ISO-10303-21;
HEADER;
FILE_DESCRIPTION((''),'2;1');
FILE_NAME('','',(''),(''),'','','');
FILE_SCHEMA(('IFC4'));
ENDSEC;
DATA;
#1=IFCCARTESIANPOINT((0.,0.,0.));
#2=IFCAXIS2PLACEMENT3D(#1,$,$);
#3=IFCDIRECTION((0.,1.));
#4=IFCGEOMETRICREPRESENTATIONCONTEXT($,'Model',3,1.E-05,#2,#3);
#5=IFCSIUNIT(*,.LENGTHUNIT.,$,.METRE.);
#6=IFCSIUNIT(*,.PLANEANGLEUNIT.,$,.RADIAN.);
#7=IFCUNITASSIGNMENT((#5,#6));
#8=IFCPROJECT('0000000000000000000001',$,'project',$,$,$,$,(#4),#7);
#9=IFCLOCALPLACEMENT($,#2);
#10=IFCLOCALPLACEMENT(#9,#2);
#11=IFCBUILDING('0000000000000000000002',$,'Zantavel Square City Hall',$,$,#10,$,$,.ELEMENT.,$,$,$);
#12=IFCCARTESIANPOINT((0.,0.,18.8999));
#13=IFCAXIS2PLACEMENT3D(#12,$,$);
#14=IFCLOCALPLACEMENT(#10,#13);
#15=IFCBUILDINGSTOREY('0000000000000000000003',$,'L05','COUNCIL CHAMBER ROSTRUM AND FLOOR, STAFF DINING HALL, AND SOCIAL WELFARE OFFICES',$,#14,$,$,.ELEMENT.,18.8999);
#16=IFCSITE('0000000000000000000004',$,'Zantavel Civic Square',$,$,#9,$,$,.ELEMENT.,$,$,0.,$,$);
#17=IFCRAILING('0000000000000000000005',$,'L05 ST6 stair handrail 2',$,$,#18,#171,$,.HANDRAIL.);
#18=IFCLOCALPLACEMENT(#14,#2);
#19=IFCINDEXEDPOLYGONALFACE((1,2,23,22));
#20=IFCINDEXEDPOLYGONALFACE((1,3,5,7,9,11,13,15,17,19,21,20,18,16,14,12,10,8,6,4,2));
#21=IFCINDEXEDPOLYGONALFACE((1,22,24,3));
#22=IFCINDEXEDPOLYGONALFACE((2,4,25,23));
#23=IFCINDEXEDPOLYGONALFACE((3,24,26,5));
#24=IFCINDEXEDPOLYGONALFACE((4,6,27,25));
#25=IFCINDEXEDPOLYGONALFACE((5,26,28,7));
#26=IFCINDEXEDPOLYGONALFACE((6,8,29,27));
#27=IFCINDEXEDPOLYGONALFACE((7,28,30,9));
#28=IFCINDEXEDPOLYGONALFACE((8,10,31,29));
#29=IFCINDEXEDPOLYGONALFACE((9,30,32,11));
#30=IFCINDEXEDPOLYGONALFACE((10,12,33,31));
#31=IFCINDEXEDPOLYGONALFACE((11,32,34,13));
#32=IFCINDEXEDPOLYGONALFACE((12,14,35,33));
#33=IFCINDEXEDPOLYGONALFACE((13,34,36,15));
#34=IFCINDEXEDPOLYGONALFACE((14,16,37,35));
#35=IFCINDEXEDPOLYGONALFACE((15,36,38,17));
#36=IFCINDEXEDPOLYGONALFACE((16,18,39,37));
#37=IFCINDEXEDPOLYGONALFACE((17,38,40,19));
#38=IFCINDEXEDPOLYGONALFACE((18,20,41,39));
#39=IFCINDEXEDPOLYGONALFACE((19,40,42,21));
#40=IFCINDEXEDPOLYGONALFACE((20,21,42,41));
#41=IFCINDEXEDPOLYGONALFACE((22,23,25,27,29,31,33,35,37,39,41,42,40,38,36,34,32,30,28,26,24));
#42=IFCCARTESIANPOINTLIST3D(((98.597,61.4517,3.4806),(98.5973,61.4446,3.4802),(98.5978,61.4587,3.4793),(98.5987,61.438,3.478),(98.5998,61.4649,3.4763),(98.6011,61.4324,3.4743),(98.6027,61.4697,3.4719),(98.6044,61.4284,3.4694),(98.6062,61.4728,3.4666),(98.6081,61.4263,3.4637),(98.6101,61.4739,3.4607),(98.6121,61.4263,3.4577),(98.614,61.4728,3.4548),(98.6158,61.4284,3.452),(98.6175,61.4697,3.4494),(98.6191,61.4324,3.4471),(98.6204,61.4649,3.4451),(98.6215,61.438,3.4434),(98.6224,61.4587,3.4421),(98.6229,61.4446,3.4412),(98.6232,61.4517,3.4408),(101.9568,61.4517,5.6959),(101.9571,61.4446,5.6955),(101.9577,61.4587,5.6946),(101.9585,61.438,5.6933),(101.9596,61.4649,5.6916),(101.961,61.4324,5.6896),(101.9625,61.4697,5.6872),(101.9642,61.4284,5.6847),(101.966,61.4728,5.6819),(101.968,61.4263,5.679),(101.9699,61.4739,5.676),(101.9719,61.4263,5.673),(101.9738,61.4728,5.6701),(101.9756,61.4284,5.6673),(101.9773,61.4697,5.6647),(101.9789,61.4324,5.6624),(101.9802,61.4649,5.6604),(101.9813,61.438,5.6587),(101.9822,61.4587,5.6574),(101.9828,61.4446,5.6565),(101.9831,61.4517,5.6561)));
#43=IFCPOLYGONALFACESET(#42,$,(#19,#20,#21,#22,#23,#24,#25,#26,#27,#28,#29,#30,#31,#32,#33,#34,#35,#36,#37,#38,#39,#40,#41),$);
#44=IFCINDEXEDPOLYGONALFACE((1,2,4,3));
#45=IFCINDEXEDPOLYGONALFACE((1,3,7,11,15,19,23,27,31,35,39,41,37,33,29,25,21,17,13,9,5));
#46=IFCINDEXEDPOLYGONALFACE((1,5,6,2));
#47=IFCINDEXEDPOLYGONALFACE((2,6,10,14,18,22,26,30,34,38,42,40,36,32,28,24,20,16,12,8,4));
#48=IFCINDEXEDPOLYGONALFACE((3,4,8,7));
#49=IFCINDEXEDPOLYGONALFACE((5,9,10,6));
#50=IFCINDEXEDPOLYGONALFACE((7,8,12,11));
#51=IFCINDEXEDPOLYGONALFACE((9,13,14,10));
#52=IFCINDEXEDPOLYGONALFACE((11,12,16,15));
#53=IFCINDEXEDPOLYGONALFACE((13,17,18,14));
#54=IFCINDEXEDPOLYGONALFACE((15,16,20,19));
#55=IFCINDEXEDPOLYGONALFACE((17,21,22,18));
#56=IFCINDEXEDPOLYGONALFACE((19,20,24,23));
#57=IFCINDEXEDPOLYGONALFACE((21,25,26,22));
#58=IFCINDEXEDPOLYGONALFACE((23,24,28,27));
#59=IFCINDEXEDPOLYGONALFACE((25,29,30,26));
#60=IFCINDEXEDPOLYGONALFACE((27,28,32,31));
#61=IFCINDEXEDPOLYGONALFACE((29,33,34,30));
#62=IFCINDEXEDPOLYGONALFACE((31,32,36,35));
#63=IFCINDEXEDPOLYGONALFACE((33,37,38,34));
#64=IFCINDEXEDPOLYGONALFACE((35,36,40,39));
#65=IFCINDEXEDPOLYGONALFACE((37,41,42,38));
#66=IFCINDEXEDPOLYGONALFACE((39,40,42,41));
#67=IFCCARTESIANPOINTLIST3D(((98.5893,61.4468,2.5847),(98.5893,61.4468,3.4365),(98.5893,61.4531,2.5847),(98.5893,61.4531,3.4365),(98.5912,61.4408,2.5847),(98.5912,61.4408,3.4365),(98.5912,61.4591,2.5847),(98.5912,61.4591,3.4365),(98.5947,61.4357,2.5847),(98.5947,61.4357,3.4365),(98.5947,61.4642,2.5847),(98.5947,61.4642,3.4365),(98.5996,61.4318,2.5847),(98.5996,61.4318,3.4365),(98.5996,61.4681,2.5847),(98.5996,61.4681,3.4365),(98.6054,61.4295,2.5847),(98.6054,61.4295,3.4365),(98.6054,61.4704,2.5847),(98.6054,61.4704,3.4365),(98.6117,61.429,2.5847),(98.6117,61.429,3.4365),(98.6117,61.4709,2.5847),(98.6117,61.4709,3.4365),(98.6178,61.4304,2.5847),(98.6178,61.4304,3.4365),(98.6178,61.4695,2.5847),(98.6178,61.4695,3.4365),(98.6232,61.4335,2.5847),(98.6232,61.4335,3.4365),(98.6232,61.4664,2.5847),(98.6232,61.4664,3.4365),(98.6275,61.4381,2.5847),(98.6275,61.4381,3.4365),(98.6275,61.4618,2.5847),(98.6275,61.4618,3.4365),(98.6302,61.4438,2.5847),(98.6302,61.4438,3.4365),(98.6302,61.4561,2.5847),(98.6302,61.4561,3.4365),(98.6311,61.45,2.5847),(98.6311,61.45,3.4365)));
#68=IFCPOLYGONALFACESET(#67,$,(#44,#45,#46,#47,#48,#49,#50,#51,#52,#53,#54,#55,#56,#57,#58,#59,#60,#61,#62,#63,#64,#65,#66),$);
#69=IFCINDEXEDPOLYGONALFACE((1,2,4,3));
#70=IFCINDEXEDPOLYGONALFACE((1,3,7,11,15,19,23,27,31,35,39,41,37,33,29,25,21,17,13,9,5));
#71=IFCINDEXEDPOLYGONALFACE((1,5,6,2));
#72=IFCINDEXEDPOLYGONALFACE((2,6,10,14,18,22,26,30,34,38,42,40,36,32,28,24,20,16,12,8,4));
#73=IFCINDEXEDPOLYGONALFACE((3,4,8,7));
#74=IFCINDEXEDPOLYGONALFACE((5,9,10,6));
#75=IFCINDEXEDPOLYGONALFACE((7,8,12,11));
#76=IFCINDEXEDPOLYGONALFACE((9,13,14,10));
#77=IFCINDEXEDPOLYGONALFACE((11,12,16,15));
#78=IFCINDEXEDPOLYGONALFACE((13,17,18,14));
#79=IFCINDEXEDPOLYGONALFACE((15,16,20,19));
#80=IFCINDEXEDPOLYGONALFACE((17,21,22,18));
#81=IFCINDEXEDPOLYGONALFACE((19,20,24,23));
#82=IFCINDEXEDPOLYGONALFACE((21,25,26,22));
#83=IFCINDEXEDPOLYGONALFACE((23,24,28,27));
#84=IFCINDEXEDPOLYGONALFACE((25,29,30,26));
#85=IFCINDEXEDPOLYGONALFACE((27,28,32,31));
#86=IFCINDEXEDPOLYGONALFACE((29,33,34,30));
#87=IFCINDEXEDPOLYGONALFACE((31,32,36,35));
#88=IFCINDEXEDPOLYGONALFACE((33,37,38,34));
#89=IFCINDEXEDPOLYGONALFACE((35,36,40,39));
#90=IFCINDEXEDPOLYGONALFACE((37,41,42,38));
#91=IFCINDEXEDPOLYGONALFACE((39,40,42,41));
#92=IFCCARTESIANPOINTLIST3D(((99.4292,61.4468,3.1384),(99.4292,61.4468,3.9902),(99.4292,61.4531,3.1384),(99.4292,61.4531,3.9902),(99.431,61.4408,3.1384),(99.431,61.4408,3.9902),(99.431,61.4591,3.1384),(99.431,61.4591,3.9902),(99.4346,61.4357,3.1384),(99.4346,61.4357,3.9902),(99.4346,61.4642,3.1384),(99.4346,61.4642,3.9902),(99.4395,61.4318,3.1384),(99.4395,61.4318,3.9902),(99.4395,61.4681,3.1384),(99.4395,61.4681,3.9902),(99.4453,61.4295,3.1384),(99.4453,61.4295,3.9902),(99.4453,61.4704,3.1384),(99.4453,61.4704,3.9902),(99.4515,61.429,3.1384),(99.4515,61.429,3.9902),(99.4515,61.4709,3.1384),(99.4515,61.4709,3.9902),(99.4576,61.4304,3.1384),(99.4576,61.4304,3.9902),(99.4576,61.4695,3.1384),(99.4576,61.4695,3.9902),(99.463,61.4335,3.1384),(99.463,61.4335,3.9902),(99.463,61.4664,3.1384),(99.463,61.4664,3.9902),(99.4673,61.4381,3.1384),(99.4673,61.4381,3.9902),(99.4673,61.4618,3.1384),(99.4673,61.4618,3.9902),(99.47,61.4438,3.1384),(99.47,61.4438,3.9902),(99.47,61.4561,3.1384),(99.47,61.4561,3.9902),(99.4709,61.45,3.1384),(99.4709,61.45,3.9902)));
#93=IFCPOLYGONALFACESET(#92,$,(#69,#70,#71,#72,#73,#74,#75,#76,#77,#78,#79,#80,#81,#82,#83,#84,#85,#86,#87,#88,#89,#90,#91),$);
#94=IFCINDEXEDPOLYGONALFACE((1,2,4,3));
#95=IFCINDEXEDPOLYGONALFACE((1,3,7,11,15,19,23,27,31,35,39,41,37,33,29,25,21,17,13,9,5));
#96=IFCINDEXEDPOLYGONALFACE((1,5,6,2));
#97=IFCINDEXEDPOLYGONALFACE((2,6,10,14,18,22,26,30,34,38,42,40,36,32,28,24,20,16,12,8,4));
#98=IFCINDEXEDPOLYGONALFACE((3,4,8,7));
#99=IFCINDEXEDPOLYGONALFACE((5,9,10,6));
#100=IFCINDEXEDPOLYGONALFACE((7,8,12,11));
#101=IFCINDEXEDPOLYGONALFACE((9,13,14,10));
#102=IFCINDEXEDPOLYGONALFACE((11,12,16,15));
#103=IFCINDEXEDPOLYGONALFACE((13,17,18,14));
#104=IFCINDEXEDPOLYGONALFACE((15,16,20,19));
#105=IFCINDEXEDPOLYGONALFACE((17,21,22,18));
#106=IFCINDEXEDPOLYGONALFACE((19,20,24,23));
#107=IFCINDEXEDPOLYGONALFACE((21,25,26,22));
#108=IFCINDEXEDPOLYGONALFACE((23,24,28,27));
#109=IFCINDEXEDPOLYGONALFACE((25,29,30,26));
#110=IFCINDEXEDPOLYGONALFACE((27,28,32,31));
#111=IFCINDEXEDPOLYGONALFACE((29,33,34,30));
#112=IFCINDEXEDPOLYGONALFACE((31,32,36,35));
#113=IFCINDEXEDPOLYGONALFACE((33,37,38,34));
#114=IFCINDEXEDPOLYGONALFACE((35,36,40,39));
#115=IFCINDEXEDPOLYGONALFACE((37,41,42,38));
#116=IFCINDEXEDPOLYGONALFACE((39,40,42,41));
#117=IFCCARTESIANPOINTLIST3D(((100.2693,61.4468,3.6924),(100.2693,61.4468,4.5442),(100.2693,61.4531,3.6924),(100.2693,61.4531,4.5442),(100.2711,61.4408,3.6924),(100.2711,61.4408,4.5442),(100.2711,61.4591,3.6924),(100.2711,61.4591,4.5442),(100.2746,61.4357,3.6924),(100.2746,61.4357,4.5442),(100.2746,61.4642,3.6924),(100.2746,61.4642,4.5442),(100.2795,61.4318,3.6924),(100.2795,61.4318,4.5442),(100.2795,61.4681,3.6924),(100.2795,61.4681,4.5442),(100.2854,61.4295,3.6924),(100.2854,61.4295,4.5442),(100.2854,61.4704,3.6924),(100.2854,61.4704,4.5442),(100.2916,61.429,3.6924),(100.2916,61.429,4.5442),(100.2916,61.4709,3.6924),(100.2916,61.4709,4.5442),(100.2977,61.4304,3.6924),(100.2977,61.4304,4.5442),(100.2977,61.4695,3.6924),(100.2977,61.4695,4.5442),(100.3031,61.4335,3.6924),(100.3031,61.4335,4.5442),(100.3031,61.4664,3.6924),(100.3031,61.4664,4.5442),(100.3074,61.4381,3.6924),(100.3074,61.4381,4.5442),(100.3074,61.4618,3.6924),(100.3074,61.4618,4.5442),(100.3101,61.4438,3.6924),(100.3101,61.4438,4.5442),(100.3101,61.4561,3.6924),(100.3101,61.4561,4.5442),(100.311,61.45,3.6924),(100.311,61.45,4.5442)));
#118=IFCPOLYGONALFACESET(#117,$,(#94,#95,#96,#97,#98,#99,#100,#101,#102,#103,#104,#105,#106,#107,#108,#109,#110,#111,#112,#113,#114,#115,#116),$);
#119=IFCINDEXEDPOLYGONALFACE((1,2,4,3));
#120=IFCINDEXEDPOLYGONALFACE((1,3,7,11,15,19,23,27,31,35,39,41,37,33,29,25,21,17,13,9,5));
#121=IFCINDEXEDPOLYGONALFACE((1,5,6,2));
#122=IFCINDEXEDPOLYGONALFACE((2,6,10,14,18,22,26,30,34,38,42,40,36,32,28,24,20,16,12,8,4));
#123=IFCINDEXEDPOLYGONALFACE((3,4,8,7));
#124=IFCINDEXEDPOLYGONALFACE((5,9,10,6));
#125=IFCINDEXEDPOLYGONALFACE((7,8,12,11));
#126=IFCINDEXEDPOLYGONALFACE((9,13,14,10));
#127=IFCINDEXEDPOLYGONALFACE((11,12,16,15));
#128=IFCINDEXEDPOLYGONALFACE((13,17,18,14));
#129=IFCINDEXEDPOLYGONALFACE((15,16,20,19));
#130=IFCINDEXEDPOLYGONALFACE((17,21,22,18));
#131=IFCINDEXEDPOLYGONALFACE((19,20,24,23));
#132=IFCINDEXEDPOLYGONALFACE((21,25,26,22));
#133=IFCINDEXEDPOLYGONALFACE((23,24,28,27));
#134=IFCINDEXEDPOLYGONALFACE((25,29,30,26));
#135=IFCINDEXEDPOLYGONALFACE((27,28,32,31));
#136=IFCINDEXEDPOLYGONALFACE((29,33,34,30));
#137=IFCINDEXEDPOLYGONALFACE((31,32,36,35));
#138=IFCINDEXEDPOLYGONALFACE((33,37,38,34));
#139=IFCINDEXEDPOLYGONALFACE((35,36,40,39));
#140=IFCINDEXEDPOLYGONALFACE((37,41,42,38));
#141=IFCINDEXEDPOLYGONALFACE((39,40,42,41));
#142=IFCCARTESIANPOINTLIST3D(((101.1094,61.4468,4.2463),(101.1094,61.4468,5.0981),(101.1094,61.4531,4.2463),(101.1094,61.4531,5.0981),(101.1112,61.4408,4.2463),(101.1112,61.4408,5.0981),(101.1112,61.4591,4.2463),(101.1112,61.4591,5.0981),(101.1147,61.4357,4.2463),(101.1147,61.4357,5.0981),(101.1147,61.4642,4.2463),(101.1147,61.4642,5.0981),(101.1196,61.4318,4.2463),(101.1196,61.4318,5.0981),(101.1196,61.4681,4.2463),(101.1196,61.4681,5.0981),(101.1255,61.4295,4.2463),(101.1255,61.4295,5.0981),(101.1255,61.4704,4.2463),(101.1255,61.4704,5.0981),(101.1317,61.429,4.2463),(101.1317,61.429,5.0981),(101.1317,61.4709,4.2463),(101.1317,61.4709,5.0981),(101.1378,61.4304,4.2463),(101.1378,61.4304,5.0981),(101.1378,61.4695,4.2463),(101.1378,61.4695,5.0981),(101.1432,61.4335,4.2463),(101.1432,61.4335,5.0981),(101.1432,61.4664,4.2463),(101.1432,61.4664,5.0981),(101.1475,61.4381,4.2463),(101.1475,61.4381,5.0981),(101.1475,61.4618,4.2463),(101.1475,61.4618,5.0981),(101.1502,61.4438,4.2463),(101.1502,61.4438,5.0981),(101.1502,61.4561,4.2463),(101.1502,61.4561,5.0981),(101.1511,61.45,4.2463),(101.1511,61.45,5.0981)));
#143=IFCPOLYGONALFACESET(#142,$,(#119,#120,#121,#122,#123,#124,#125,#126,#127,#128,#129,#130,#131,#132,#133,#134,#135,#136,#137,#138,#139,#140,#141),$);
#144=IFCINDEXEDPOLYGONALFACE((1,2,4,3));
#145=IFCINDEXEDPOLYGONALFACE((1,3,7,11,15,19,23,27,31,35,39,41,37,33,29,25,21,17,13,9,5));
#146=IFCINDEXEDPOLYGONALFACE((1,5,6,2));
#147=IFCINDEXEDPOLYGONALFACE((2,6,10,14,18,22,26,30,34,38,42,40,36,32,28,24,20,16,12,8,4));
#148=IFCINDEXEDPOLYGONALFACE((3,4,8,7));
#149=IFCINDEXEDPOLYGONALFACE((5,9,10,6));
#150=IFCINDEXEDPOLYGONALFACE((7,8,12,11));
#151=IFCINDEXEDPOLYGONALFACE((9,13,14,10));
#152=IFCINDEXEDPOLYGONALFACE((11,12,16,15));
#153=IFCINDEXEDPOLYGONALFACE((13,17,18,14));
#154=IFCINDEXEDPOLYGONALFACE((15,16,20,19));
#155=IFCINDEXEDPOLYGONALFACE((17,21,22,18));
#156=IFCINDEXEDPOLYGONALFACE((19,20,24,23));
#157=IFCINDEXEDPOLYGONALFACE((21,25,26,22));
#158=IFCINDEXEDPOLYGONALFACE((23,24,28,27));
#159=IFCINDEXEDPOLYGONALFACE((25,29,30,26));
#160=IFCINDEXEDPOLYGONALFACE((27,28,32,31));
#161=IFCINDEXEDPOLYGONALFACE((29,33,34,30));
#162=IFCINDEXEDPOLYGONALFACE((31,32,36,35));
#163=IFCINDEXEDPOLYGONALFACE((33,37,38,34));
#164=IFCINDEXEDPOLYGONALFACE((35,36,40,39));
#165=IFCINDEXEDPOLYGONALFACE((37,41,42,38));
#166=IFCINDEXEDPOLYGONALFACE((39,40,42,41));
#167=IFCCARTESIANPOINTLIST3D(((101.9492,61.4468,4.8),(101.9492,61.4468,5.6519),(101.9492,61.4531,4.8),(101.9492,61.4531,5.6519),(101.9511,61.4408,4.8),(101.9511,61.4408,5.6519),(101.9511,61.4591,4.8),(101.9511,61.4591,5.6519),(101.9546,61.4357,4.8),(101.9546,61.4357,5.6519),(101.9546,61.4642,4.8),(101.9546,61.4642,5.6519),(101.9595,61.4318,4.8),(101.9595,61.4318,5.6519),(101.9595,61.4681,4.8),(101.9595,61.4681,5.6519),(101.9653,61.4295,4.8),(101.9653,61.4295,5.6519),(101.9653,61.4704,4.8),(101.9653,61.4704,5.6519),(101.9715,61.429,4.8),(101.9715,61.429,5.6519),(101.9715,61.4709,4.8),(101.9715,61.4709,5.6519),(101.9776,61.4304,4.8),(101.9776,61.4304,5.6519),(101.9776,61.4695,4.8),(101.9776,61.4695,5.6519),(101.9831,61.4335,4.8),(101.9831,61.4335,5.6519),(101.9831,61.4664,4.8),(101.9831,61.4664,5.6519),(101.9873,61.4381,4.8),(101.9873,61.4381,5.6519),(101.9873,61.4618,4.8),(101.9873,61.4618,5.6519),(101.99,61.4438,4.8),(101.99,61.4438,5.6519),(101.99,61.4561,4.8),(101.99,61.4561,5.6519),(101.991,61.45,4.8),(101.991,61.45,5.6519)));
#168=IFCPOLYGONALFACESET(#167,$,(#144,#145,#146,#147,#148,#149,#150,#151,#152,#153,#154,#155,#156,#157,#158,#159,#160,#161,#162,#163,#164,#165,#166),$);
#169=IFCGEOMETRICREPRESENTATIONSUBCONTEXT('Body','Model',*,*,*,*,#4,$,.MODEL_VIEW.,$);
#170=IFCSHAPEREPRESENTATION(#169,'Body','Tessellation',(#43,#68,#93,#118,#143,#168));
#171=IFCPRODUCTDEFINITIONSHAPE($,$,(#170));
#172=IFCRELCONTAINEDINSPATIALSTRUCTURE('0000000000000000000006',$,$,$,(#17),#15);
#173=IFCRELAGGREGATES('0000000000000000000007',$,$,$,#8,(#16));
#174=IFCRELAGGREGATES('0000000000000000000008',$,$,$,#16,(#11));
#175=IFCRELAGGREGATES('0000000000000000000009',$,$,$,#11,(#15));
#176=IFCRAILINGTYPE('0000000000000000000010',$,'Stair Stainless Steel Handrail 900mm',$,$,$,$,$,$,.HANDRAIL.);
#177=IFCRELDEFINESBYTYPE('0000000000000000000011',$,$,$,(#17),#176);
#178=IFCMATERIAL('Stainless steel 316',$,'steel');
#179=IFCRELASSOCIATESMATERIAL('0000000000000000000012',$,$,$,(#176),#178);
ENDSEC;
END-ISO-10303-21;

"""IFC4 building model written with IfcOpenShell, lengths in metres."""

from ifc_helpers import new_model, si_unit, direction, frame, origin, origin_2d, place, context, subcontext, project, spatial, circle, extrude, material, type_object, element, save


model = new_model("IFC4")

# Units and contexts
model_context = context("Model", 3, precision=1e-05, world=origin(), true_north=direction((0.0, 1.0)))
body_context = subcontext(model_context, "Body", "Model", "MODEL_VIEW")
ifc_project = project(units=[si_unit("LENGTHUNIT", "METRE"), si_unit("PLANEANGLEUNIT", "RADIAN")], contexts=[model_context])

# Site, building, storey
site_placement = place(None, origin())
site = spatial("IfcSite", under=ifc_project, at=site_placement, Name="Zantavel Civic Square", CompositionType="ELEMENT", RefElevation=0.0)
building_placement = place(site_placement, origin())
building = spatial("IfcBuilding", under=site, at=building_placement, Name="Zantavel Square City Hall", CompositionType="ELEMENT")
storey_placement = place(building_placement, frame((0.0, 0.0, 18.8999)))
storey = spatial("IfcBuildingStorey", under=building, at=storey_placement, Name="L05", Description="COUNCIL CHAMBER ROSTRUM AND FLOOR, STAFF DINING HALL, AND SOCIAL WELFARE OFFICES", CompositionType="ELEMENT", Elevation=18.8999)

# Railing
ifc_material_1 = material(Name="Stainless steel 316", Category="steel")
railing_type_1 = type_object("IfcRailingType", Name="Stair Stainless Steel Handrail 900mm", PredefinedType="HANDRAIL", material=ifc_material_1)
railing_1_placement = place(storey_placement, frame((98.6101, 61.45, 2.5847)))
element("IfcRailing", 1, at=railing_1_placement, inside=storey, type_object=railing_type_1, Name="L05 ST6 stair handrail 2", PredefinedType="HANDRAIL", context=body_context, shape_type="SweptSolid", body=[
    extrude(circle(Radius=0.0239, at=origin_2d()), frame((0.0, 0.0, 0.876), z_axis=(0.834858, 0.0, 0.550465), x_axis=(0.0, 1.0, 0.0)), (0.0, 0.0, 1.0), 4.0244),
    extrude(circle(Radius=0.021, at=origin_2d()), origin(), (0.0, 0.0, 1.0), 0.8518),
    extrude(circle(Radius=0.021, at=origin_2d()), frame((0.8398, 0.0, 0.5537)), (0.0, 0.0, 1.0), 0.8518),
    extrude(circle(Radius=0.021, at=origin_2d()), frame((1.6799, 0.0, 1.1077)), (0.0, 0.0, 1.0), 0.8518),
    extrude(circle(Radius=0.021, at=origin_2d()), frame((2.52, 0.0, 1.6616)), (0.0, 0.0, 1.0), 0.8518),
    extrude(circle(Radius=0.021, at=origin_2d()), frame((3.3599, 0.0, 2.2153)), (0.0, 0.0, 1.0), 0.8518),
])

save(model, "model.ifc")
